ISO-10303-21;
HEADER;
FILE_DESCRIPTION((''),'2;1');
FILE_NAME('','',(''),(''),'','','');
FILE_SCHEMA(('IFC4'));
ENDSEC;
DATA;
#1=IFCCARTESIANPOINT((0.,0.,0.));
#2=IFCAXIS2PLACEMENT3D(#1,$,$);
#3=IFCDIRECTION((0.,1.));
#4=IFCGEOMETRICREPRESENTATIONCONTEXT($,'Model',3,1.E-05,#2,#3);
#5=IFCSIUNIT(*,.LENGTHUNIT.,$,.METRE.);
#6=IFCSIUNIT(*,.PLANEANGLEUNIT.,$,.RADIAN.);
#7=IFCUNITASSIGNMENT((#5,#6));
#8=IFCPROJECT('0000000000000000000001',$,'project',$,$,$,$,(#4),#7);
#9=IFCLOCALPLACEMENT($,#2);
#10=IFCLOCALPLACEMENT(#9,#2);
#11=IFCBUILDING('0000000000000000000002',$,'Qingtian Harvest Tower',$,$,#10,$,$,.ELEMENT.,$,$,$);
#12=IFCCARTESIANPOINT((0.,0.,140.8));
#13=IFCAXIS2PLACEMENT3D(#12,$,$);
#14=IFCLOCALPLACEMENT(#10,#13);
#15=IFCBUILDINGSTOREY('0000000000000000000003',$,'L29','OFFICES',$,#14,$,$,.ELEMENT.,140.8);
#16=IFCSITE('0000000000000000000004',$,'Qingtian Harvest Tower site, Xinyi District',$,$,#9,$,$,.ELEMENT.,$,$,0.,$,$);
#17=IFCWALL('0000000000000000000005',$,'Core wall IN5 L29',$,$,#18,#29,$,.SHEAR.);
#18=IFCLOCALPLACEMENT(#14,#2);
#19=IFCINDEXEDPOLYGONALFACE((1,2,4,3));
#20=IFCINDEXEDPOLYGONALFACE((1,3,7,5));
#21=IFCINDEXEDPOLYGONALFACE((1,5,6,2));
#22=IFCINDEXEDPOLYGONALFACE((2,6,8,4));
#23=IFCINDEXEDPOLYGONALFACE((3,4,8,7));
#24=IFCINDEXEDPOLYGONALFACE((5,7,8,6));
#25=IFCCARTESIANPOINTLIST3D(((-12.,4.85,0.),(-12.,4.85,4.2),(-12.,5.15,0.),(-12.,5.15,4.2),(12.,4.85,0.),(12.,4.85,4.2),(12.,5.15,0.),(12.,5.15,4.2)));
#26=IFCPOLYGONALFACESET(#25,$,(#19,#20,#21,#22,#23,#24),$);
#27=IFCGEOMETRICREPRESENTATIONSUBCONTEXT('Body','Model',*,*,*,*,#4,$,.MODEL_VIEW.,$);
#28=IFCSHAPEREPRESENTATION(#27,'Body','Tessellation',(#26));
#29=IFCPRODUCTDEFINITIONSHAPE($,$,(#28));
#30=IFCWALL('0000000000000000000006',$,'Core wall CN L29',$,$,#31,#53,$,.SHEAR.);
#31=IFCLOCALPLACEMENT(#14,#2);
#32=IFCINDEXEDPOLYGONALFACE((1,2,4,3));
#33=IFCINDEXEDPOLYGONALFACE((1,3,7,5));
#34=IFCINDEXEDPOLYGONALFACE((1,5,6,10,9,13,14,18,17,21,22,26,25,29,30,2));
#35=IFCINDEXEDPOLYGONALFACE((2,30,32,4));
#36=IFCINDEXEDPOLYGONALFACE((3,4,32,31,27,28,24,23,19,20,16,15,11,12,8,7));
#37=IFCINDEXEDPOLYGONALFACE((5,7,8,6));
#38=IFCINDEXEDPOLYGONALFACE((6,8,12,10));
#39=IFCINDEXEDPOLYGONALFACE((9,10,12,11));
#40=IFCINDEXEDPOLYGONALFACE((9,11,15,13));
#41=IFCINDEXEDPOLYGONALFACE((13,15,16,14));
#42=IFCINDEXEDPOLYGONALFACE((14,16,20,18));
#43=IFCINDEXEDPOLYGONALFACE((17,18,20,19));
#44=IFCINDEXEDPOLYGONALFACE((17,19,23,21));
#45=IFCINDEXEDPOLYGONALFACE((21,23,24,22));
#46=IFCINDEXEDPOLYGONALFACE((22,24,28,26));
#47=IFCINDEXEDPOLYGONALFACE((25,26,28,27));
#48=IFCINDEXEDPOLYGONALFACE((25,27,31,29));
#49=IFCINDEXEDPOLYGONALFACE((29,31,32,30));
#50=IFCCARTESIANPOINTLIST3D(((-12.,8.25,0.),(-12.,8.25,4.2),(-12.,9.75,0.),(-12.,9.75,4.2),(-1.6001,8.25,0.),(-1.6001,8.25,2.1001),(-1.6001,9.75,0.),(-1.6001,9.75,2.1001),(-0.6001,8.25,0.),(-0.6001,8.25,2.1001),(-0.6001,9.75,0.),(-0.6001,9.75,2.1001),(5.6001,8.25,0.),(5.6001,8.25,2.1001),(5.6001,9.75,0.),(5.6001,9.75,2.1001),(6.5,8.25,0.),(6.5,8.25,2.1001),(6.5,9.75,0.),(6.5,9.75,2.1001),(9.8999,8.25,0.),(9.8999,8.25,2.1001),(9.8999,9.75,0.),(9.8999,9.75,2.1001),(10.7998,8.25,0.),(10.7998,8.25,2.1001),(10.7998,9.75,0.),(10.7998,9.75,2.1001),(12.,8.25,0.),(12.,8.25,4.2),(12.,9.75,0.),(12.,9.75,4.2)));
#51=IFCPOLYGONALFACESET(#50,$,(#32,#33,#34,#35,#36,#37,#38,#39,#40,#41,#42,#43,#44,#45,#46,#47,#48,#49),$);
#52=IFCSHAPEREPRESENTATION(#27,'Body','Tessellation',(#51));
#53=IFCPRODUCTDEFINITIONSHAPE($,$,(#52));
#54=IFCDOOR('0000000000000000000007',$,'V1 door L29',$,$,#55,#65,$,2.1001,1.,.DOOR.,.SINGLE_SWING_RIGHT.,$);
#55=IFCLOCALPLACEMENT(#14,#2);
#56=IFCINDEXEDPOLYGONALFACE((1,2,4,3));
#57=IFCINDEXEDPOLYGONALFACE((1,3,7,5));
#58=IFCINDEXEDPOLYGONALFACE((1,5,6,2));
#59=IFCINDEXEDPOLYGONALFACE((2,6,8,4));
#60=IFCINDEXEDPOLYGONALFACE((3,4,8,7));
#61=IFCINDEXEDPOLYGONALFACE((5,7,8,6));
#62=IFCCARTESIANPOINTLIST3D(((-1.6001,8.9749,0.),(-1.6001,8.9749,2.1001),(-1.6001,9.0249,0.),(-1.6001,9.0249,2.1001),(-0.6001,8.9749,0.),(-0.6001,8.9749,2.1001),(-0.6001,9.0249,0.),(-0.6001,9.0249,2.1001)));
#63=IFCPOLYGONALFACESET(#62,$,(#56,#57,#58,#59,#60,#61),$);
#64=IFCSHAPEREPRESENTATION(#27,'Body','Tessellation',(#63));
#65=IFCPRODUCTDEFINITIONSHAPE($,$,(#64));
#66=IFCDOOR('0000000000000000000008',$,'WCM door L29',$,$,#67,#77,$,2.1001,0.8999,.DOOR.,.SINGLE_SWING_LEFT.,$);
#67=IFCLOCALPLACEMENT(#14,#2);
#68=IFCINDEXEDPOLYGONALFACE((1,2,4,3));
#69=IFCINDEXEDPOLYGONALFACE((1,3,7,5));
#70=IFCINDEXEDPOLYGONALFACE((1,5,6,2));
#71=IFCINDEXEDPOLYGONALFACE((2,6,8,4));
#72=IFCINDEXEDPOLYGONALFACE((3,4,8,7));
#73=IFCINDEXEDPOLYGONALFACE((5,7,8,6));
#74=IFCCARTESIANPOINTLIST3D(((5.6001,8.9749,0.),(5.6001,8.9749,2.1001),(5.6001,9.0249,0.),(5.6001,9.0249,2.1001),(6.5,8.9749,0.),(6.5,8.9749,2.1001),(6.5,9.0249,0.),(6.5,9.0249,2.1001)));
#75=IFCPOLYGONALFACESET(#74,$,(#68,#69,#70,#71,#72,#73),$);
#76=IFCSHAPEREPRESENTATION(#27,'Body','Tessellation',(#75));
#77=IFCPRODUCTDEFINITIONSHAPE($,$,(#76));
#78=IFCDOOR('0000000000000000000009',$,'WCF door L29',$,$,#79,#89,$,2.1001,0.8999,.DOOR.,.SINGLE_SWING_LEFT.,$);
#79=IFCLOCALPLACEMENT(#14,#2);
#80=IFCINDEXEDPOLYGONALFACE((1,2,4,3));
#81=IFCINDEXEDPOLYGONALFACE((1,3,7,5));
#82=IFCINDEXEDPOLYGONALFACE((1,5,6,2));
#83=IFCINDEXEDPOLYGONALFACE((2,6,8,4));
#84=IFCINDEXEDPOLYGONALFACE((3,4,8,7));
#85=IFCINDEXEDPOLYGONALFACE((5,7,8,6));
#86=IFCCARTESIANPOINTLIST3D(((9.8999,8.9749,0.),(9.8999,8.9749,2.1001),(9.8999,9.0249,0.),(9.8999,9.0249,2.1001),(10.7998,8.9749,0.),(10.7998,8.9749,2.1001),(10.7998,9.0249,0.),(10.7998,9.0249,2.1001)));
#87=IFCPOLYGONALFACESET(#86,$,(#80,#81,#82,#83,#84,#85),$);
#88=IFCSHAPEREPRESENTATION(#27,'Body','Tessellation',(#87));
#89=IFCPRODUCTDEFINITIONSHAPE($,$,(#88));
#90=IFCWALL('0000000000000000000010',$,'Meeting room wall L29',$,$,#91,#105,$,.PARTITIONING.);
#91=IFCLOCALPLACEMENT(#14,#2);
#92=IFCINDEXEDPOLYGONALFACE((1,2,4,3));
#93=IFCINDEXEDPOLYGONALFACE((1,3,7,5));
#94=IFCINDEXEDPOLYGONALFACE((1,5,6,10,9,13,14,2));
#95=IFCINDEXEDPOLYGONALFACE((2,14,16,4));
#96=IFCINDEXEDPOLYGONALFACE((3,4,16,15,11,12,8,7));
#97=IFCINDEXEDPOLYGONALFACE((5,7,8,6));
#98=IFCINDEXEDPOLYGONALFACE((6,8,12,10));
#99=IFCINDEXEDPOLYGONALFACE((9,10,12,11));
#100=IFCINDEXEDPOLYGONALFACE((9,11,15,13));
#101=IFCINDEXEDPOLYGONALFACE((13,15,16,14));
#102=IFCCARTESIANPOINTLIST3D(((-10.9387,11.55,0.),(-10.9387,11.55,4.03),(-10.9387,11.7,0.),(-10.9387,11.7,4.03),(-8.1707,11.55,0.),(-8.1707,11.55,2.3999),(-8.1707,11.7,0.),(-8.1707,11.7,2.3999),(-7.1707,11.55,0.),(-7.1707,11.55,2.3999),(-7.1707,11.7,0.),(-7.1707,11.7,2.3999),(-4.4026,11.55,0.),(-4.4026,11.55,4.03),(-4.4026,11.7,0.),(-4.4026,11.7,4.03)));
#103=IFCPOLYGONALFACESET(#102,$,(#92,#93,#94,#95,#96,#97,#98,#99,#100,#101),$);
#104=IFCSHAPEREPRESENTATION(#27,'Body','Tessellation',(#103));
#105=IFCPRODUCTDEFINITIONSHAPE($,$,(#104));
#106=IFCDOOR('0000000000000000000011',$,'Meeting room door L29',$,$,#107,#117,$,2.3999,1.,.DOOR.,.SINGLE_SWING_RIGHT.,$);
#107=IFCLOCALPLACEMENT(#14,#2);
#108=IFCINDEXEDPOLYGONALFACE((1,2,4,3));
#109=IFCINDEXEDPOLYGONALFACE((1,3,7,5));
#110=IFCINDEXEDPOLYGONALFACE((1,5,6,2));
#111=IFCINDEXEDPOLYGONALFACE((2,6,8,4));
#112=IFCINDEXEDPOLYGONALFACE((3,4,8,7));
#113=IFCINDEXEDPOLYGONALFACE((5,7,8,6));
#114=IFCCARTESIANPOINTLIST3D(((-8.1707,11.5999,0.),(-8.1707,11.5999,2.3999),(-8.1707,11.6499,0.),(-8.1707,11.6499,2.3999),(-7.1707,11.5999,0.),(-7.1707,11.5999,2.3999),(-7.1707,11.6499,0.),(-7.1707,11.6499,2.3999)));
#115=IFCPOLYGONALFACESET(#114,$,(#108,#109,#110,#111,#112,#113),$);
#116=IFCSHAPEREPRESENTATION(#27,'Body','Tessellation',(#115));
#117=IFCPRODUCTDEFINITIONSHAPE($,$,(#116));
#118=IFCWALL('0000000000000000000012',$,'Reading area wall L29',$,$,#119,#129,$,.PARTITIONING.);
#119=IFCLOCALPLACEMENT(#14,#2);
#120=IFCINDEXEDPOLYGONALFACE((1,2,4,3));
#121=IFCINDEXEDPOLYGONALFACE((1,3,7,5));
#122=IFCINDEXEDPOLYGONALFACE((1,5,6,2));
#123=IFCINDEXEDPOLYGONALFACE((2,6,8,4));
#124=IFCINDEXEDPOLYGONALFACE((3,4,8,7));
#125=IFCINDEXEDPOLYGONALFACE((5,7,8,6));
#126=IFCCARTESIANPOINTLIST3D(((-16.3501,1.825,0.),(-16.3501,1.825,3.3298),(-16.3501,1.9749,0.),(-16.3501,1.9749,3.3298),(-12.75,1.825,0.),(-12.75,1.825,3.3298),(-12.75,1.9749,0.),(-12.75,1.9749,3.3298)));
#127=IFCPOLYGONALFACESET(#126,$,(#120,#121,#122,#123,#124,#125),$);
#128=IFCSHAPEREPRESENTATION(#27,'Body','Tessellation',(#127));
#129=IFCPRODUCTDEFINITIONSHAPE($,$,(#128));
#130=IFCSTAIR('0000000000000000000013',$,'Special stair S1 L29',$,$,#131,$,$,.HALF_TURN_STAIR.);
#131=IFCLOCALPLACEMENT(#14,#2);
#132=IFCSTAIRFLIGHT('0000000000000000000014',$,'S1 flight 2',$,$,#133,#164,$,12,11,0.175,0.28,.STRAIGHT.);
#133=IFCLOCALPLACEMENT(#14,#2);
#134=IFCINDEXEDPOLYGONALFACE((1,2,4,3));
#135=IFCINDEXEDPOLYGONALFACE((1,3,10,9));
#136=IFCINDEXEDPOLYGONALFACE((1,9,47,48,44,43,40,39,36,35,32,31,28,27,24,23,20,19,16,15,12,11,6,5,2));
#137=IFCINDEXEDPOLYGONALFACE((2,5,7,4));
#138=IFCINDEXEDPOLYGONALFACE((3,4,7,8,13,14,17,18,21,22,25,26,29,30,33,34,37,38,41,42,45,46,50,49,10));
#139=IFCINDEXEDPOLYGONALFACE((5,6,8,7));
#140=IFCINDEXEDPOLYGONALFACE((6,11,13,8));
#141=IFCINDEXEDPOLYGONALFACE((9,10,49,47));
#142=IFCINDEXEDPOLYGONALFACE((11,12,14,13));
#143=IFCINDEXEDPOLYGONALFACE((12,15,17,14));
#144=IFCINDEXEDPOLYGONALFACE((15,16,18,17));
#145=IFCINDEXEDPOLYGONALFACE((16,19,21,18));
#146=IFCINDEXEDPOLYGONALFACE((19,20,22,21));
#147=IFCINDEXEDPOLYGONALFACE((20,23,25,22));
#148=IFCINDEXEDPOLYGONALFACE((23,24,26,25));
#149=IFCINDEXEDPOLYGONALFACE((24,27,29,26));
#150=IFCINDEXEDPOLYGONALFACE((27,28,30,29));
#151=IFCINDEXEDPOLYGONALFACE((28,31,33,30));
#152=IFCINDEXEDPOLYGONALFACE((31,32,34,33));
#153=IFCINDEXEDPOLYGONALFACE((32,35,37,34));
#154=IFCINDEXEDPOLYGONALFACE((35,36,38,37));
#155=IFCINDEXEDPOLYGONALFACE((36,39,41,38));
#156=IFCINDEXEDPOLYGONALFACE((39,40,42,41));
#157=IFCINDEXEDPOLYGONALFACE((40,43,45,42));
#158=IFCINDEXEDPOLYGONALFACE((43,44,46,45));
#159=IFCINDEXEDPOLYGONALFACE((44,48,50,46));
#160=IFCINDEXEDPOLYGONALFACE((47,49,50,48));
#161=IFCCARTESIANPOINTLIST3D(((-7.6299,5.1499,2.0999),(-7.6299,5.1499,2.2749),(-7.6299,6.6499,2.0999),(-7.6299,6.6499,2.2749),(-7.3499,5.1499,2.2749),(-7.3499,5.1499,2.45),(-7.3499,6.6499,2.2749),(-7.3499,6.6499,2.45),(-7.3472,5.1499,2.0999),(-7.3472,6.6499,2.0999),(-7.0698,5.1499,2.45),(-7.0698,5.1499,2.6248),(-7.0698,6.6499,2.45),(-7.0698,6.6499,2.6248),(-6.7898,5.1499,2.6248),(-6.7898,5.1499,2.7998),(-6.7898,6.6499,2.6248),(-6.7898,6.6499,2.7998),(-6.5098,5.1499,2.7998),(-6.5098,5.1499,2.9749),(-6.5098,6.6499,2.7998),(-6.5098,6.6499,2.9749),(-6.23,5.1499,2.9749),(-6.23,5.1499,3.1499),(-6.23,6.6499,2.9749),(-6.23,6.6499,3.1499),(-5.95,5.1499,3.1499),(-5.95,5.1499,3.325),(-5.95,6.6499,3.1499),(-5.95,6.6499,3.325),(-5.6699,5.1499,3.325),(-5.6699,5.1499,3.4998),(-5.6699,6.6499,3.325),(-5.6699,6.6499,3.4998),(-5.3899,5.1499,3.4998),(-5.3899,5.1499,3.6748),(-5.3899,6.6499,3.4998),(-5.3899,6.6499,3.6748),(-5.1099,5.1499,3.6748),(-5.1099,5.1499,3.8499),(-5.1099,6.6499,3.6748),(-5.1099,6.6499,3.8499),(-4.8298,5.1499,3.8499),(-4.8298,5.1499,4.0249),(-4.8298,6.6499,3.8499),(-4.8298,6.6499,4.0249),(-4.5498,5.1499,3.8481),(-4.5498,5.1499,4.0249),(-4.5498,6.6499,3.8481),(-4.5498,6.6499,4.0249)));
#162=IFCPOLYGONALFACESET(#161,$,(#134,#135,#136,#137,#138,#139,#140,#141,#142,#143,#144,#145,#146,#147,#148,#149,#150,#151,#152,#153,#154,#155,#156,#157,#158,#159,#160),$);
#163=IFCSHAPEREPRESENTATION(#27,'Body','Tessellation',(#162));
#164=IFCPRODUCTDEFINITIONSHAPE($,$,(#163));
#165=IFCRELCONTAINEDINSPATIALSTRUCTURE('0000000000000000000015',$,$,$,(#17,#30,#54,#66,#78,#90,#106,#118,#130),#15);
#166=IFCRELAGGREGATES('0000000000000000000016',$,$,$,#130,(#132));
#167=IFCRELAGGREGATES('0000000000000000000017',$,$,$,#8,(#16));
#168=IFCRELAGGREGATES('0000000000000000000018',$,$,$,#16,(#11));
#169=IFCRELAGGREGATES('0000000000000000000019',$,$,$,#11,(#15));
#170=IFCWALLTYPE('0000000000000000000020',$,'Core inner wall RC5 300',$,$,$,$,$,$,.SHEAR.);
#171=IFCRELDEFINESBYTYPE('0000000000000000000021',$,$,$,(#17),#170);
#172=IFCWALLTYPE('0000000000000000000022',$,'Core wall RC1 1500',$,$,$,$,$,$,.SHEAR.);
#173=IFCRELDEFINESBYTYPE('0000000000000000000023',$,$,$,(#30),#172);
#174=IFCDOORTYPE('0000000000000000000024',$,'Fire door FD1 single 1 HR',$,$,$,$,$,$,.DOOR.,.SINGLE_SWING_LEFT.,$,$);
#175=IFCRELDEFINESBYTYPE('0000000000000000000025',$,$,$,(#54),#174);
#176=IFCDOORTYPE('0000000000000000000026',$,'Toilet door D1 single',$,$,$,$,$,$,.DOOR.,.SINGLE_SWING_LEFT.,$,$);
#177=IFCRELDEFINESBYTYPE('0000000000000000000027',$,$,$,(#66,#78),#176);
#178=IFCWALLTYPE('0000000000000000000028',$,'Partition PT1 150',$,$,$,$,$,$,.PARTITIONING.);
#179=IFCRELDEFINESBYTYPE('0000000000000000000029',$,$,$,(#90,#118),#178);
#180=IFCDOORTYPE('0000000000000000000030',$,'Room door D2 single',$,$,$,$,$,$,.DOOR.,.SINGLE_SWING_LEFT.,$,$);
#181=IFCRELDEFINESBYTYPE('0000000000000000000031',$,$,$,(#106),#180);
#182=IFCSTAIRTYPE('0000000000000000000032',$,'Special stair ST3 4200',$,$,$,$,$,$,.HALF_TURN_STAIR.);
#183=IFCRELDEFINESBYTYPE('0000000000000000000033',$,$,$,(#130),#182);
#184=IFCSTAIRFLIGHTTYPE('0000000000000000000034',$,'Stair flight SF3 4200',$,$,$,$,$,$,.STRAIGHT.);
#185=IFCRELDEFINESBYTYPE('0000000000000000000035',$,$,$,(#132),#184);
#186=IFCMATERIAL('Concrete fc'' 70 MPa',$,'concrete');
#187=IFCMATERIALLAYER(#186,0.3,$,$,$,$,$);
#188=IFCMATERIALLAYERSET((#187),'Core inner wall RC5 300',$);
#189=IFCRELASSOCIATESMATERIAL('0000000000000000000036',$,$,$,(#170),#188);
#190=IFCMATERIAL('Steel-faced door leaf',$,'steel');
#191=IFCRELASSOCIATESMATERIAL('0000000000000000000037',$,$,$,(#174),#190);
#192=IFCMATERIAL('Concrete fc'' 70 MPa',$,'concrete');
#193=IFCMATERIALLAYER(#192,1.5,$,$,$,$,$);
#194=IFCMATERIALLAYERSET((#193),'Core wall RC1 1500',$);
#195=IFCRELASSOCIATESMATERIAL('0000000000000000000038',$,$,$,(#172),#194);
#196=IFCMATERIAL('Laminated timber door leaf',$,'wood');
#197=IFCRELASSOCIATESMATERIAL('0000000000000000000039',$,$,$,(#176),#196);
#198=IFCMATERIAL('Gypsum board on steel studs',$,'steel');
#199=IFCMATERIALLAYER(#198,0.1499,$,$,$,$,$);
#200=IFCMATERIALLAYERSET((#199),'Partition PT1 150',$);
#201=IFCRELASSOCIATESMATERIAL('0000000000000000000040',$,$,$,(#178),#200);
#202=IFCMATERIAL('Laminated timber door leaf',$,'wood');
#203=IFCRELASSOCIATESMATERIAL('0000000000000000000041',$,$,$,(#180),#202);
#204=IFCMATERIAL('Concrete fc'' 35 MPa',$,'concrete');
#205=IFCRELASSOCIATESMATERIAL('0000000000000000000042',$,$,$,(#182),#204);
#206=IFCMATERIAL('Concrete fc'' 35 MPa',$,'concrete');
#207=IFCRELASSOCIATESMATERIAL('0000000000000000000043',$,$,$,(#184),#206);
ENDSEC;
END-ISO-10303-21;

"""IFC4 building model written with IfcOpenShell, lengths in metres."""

from ifc_helpers import new_model, si_unit, direction, frame, frame_2d, origin, place, context, subcontext, project, spatial, polyline, rectangle, outline, extrude, material, layer, layer_set, type_object, element, fill, aggregate, save


model = new_model("IFC4")

# Units and contexts
model_context = context("Model", 3, precision=1e-05, world=origin(), true_north=direction((0.0, 1.0)))
body_context = subcontext(model_context, "Body", "Model", "MODEL_VIEW")
ifc_project = project(units=[si_unit("LENGTHUNIT", "METRE"), si_unit("PLANEANGLEUNIT", "RADIAN")], contexts=[model_context])

# Site, building, storey
site_placement = place(None, origin())
site = spatial("IfcSite", under=ifc_project, at=site_placement, Name="Qingtian Harvest Tower site, Xinyi District", CompositionType="ELEMENT", RefElevation=0.0)
building_placement = place(site_placement, origin())
building = spatial("IfcBuilding", under=site, at=building_placement, Name="Qingtian Harvest Tower", CompositionType="ELEMENT")
storey_placement = place(building_placement, frame((0.0, 0.0, 140.8)))
storey = spatial("IfcBuildingStorey", under=building, at=storey_placement, Name="L29", Description="OFFICES", CompositionType="ELEMENT", Elevation=140.8)

# Wall
ifc_material_1 = material(Name="Concrete fc' 70 MPa", Category="concrete")
ifc_layer_1 = layer(ifc_material_1, 0.3)
ifc_layer_set_1 = layer_set([ifc_layer_1], Name="Core inner wall RC5 300")
wall_type_1 = type_object("IfcWallType", Name="Core inner wall RC5 300", PredefinedType="SHEAR", material=ifc_layer_set_1)
wall_1_placement = place(storey_placement, frame((-12.0, 5.0, 0.0), z_axis=(0.0, 0.0, 1.0), x_axis=(1.0, 0.0, 0.0)))
element("IfcWall", 1, at=wall_1_placement, inside=storey, type_object=wall_type_1, Name="Core wall IN5 L29", PredefinedType="SHEAR", context=body_context, shape_type="SweptSolid", body=[
    extrude(rectangle(XDim=24.0, YDim=0.3, at=frame_2d((12.0, 0.0))), origin(), (0.0, 0.0, 1.0), 4.2),
])

# Wall, openings, doors
ifc_material_2 = material(Name="Steel-faced door leaf", Category="steel")
door_type_1 = type_object("IfcDoorType", Name="Fire door FD1 single 1 HR", OperationType="SINGLE_SWING_LEFT", PredefinedType="DOOR", material=ifc_material_2)
ifc_material_3 = material(Name="Concrete fc' 70 MPa", Category="concrete")
ifc_layer_2 = layer(ifc_material_3, 1.5)
ifc_layer_set_2 = layer_set([ifc_layer_2], Name="Core wall RC1 1500")
wall_type_2 = type_object("IfcWallType", Name="Core wall RC1 1500", PredefinedType="SHEAR", material=ifc_layer_set_2)
wall_2_placement = place(storey_placement, frame((-12.0, 9.0, 0.0), z_axis=(0.0, 0.0, 1.0), x_axis=(1.0, 0.0, 0.0)))
wall_2 = element("IfcWall", 2, at=wall_2_placement, inside=storey, type_object=wall_type_2, Name="Core wall CN L29", PredefinedType="SHEAR", context=body_context, shape_type="SweptSolid", body=[
    extrude(rectangle(XDim=24.0, YDim=1.5, at=frame_2d((12.0, 0.0))), origin(), (0.0, 0.0, 1.0), 4.2),
])
opening_1_placement = place(wall_2_placement, frame((10.3999, 0.0, 0.0)))
opening_1 = element("IfcOpeningElement", 3, at=opening_1_placement, cuts=wall_2, PredefinedType="OPENING", context=body_context, shape_type="SweptSolid", body=[
    extrude(rectangle(XDim=1.0, YDim=2.1001, at=frame_2d((0.5, 1.05))), frame((0.0, 0.76, 0.0), z_axis=(0.0, -1.0, 0.0), x_axis=(1.0, 0.0, 0.0)), (0.0, 0.0, 1.0), 1.52),
])
opening_2_placement = place(wall_2_placement, frame((17.6001, 0.0, 0.0)))
opening_2 = element("IfcOpeningElement", 4, at=opening_2_placement, cuts=wall_2, PredefinedType="OPENING", context=body_context, shape_type="SweptSolid", body=[
    extrude(rectangle(XDim=0.8999, YDim=2.1001, at=frame_2d((0.45, 1.05))), frame((0.0, 0.76, 0.0), z_axis=(0.0, -1.0, 0.0), x_axis=(1.0, 0.0, 0.0)), (0.0, 0.0, 1.0), 1.52),
])
opening_3_placement = place(wall_2_placement, frame((21.8999, 0.0, 0.0)))
opening_3 = element("IfcOpeningElement", 5, at=opening_3_placement, cuts=wall_2, PredefinedType="OPENING", context=body_context, shape_type="SweptSolid", body=[
    extrude(rectangle(XDim=0.8999, YDim=2.1001, at=frame_2d((0.45, 1.05))), frame((0.0, 0.76, 0.0), z_axis=(0.0, -1.0, 0.0), x_axis=(1.0, 0.0, 0.0)), (0.0, 0.0, 1.0), 1.52),
])
door_1_placement = place(opening_1_placement, origin())
door_1 = element("IfcDoor", 6, at=door_1_placement, inside=storey, type_object=door_type_1, Name="V1 door L29", OperationType="SINGLE_SWING_RIGHT", OverallHeight=2.1001, OverallWidth=1.0, PredefinedType="DOOR", context=body_context, shape_type="SweptSolid", body=[
    extrude(rectangle(XDim=1.0, YDim=2.1001, at=frame_2d((0.5, 1.05))), frame((0.0, 0.0249, 0.0), z_axis=(0.0, -1.0, 0.0), x_axis=(1.0, 0.0, 0.0)), (0.0, 0.0, 1.0), 0.05),
])
fill(opening_1, door_1)
ifc_material_4 = material(Name="Laminated timber door leaf", Category="wood")
door_type_2 = type_object("IfcDoorType", Name="Toilet door D1 single", OperationType="SINGLE_SWING_LEFT", PredefinedType="DOOR", material=ifc_material_4)
door_2_placement = place(opening_2_placement, origin())
door_2 = element("IfcDoor", 7, at=door_2_placement, inside=storey, type_object=door_type_2, Name="WCM door L29", OperationType="SINGLE_SWING_LEFT", OverallHeight=2.1001, OverallWidth=0.8999, PredefinedType="DOOR", context=body_context, shape_type="SweptSolid", body=[
    extrude(rectangle(XDim=0.8999, YDim=2.1001, at=frame_2d((0.45, 1.05))), frame((0.0, 0.0249, 0.0), z_axis=(0.0, -1.0, 0.0), x_axis=(1.0, 0.0, 0.0)), (0.0, 0.0, 1.0), 0.05),
])
fill(opening_2, door_2)
door_3_placement = place(opening_3_placement, origin())
door_3 = element("IfcDoor", 8, at=door_3_placement, inside=storey, type_object=door_type_2, Name="WCF door L29", OperationType="SINGLE_SWING_LEFT", OverallHeight=2.1001, OverallWidth=0.8999, PredefinedType="DOOR", context=body_context, shape_type="SweptSolid", body=[
    extrude(rectangle(XDim=0.8999, YDim=2.1001, at=frame_2d((0.45, 1.05))), frame((0.0, 0.0249, 0.0), z_axis=(0.0, -1.0, 0.0), x_axis=(1.0, 0.0, 0.0)), (0.0, 0.0, 1.0), 0.05),
])
fill(opening_3, door_3)

# Wall, opening, door
ifc_material_5 = material(Name="Gypsum board on steel studs", Category="steel")
ifc_layer_3 = layer(ifc_material_5, 0.1499)
ifc_layer_set_3 = layer_set([ifc_layer_3], Name="Partition PT1 150")
wall_type_3 = type_object("IfcWallType", Name="Partition PT1 150", PredefinedType="PARTITIONING", material=ifc_layer_set_3)
wall_3_placement = place(storey_placement, frame((-10.9387, 11.625, 0.0), z_axis=(0.0, 0.0, 1.0), x_axis=(1.0, 0.0, 0.0)))
wall_3 = element("IfcWall", 9, at=wall_3_placement, inside=storey, type_object=wall_type_3, Name="Meeting room wall L29", PredefinedType="PARTITIONING", context=body_context, shape_type="SweptSolid", body=[
    extrude(rectangle(XDim=6.5361, YDim=0.1499, at=frame_2d((3.2681, 0.0))), origin(), (0.0, 0.0, 1.0), 4.03),
])
opening_4_placement = place(wall_3_placement, frame((2.7681, 0.0, 0.0)))
opening_4 = element("IfcOpeningElement", 10, at=opening_4_placement, cuts=wall_3, PredefinedType="OPENING", context=body_context, shape_type="SweptSolid", body=[
    extrude(rectangle(XDim=1.0, YDim=2.3999, at=frame_2d((0.5, 1.2))), frame((0.0, 0.085, 0.0), z_axis=(0.0, -1.0, 0.0), x_axis=(1.0, 0.0, 0.0)), (0.0, 0.0, 1.0), 0.1699),
])
ifc_material_6 = material(Name="Laminated timber door leaf", Category="wood")
door_type_3 = type_object("IfcDoorType", Name="Room door D2 single", OperationType="SINGLE_SWING_LEFT", PredefinedType="DOOR", material=ifc_material_6)
door_4_placement = place(opening_4_placement, origin())
door_4 = element("IfcDoor", 11, at=door_4_placement, inside=storey, type_object=door_type_3, Name="Meeting room door L29", OperationType="SINGLE_SWING_RIGHT", OverallHeight=2.3999, OverallWidth=1.0, PredefinedType="DOOR", context=body_context, shape_type="SweptSolid", body=[
    extrude(rectangle(XDim=1.0, YDim=2.3999, at=frame_2d((0.5, 1.2))), frame((0.0, 0.0249, 0.0), z_axis=(0.0, -1.0, 0.0), x_axis=(1.0, 0.0, 0.0)), (0.0, 0.0, 1.0), 0.05),
])
fill(opening_4, door_4)

# Wall
wall_4_placement = place(storey_placement, frame((-12.75, 1.8999, 0.0), z_axis=(0.0, 0.0, 1.0), x_axis=(-1.0, 0.0, 0.0)))
element("IfcWall", 12, at=wall_4_placement, inside=storey, type_object=wall_type_3, Name="Reading area wall L29", PredefinedType="PARTITIONING", context=body_context, shape_type="SweptSolid", body=[
    extrude(rectangle(XDim=3.6001, YDim=0.1499, at=frame_2d((1.8, 0.0))), origin(), (0.0, 0.0, 1.0), 3.3298),
])

# Stair, stair flight
ifc_material_7 = material(Name="Concrete fc' 35 MPa", Category="concrete")
stair_type = type_object("IfcStairType", Name="Special stair ST3 4200", PredefinedType="HALF_TURN_STAIR", material=ifc_material_7)
stair_placement = place(storey_placement, origin())
stair = element("IfcStair", 13, at=stair_placement, inside=storey, type_object=stair_type, Name="Special stair S1 L29", PredefinedType="HALF_TURN_STAIR")
ifc_material_8 = material(Name="Concrete fc' 35 MPa", Category="concrete")
stair_flight_type = type_object("IfcStairFlightType", Name="Stair flight SF3 4200", PredefinedType="STRAIGHT", material=ifc_material_8)
stair_flight_placement = place(storey_placement, frame((-7.6299, 5.8999, 2.0999), z_axis=(0.0, 0.0, 1.0), x_axis=(1.0, 0.0, 0.0)))
stair_flight = element("IfcStairFlight", 14, at=stair_flight_placement, type_object=stair_flight_type, Name="S1 flight 2", NumberOfRisers=12, NumberOfTreads=11, PredefinedType="STRAIGHT", RiserHeight=0.175, TreadLength=0.28, context=body_context, shape_type="SweptSolid", body=[
    extrude(outline(polyline([(0.0, 0.0), (0.0, 0.175), (0.28, 0.175), (0.28, 0.3501), (0.5601, 0.3501), (0.5601, 0.5249), (0.8401, 0.5249), (0.8401, 0.7), (1.1201, 0.7), (1.1201, 0.875), (1.3999, 0.875), (1.3999, 1.05), (1.6799, 1.05), (1.6799, 1.2251), (1.96, 1.2251), (1.96, 1.3999), (2.24, 1.3999), (2.24, 1.575), (2.52, 1.575), (2.52, 1.75), (2.8, 1.75), (2.8, 1.925), (3.0801, 1.925), (3.0801, 2.1001), (3.0801, 1.7483), (0.2827, 0.0), (0.0, 0.0)])), frame((0.0, 0.75, 0.0), z_axis=(0.0, -1.0, 0.0), x_axis=(1.0, 0.0, 0.0)), (0.0, 0.0, 1.0), 1.5),
])
aggregate(stair, [stair_flight])

save(model, "model.ifc")
